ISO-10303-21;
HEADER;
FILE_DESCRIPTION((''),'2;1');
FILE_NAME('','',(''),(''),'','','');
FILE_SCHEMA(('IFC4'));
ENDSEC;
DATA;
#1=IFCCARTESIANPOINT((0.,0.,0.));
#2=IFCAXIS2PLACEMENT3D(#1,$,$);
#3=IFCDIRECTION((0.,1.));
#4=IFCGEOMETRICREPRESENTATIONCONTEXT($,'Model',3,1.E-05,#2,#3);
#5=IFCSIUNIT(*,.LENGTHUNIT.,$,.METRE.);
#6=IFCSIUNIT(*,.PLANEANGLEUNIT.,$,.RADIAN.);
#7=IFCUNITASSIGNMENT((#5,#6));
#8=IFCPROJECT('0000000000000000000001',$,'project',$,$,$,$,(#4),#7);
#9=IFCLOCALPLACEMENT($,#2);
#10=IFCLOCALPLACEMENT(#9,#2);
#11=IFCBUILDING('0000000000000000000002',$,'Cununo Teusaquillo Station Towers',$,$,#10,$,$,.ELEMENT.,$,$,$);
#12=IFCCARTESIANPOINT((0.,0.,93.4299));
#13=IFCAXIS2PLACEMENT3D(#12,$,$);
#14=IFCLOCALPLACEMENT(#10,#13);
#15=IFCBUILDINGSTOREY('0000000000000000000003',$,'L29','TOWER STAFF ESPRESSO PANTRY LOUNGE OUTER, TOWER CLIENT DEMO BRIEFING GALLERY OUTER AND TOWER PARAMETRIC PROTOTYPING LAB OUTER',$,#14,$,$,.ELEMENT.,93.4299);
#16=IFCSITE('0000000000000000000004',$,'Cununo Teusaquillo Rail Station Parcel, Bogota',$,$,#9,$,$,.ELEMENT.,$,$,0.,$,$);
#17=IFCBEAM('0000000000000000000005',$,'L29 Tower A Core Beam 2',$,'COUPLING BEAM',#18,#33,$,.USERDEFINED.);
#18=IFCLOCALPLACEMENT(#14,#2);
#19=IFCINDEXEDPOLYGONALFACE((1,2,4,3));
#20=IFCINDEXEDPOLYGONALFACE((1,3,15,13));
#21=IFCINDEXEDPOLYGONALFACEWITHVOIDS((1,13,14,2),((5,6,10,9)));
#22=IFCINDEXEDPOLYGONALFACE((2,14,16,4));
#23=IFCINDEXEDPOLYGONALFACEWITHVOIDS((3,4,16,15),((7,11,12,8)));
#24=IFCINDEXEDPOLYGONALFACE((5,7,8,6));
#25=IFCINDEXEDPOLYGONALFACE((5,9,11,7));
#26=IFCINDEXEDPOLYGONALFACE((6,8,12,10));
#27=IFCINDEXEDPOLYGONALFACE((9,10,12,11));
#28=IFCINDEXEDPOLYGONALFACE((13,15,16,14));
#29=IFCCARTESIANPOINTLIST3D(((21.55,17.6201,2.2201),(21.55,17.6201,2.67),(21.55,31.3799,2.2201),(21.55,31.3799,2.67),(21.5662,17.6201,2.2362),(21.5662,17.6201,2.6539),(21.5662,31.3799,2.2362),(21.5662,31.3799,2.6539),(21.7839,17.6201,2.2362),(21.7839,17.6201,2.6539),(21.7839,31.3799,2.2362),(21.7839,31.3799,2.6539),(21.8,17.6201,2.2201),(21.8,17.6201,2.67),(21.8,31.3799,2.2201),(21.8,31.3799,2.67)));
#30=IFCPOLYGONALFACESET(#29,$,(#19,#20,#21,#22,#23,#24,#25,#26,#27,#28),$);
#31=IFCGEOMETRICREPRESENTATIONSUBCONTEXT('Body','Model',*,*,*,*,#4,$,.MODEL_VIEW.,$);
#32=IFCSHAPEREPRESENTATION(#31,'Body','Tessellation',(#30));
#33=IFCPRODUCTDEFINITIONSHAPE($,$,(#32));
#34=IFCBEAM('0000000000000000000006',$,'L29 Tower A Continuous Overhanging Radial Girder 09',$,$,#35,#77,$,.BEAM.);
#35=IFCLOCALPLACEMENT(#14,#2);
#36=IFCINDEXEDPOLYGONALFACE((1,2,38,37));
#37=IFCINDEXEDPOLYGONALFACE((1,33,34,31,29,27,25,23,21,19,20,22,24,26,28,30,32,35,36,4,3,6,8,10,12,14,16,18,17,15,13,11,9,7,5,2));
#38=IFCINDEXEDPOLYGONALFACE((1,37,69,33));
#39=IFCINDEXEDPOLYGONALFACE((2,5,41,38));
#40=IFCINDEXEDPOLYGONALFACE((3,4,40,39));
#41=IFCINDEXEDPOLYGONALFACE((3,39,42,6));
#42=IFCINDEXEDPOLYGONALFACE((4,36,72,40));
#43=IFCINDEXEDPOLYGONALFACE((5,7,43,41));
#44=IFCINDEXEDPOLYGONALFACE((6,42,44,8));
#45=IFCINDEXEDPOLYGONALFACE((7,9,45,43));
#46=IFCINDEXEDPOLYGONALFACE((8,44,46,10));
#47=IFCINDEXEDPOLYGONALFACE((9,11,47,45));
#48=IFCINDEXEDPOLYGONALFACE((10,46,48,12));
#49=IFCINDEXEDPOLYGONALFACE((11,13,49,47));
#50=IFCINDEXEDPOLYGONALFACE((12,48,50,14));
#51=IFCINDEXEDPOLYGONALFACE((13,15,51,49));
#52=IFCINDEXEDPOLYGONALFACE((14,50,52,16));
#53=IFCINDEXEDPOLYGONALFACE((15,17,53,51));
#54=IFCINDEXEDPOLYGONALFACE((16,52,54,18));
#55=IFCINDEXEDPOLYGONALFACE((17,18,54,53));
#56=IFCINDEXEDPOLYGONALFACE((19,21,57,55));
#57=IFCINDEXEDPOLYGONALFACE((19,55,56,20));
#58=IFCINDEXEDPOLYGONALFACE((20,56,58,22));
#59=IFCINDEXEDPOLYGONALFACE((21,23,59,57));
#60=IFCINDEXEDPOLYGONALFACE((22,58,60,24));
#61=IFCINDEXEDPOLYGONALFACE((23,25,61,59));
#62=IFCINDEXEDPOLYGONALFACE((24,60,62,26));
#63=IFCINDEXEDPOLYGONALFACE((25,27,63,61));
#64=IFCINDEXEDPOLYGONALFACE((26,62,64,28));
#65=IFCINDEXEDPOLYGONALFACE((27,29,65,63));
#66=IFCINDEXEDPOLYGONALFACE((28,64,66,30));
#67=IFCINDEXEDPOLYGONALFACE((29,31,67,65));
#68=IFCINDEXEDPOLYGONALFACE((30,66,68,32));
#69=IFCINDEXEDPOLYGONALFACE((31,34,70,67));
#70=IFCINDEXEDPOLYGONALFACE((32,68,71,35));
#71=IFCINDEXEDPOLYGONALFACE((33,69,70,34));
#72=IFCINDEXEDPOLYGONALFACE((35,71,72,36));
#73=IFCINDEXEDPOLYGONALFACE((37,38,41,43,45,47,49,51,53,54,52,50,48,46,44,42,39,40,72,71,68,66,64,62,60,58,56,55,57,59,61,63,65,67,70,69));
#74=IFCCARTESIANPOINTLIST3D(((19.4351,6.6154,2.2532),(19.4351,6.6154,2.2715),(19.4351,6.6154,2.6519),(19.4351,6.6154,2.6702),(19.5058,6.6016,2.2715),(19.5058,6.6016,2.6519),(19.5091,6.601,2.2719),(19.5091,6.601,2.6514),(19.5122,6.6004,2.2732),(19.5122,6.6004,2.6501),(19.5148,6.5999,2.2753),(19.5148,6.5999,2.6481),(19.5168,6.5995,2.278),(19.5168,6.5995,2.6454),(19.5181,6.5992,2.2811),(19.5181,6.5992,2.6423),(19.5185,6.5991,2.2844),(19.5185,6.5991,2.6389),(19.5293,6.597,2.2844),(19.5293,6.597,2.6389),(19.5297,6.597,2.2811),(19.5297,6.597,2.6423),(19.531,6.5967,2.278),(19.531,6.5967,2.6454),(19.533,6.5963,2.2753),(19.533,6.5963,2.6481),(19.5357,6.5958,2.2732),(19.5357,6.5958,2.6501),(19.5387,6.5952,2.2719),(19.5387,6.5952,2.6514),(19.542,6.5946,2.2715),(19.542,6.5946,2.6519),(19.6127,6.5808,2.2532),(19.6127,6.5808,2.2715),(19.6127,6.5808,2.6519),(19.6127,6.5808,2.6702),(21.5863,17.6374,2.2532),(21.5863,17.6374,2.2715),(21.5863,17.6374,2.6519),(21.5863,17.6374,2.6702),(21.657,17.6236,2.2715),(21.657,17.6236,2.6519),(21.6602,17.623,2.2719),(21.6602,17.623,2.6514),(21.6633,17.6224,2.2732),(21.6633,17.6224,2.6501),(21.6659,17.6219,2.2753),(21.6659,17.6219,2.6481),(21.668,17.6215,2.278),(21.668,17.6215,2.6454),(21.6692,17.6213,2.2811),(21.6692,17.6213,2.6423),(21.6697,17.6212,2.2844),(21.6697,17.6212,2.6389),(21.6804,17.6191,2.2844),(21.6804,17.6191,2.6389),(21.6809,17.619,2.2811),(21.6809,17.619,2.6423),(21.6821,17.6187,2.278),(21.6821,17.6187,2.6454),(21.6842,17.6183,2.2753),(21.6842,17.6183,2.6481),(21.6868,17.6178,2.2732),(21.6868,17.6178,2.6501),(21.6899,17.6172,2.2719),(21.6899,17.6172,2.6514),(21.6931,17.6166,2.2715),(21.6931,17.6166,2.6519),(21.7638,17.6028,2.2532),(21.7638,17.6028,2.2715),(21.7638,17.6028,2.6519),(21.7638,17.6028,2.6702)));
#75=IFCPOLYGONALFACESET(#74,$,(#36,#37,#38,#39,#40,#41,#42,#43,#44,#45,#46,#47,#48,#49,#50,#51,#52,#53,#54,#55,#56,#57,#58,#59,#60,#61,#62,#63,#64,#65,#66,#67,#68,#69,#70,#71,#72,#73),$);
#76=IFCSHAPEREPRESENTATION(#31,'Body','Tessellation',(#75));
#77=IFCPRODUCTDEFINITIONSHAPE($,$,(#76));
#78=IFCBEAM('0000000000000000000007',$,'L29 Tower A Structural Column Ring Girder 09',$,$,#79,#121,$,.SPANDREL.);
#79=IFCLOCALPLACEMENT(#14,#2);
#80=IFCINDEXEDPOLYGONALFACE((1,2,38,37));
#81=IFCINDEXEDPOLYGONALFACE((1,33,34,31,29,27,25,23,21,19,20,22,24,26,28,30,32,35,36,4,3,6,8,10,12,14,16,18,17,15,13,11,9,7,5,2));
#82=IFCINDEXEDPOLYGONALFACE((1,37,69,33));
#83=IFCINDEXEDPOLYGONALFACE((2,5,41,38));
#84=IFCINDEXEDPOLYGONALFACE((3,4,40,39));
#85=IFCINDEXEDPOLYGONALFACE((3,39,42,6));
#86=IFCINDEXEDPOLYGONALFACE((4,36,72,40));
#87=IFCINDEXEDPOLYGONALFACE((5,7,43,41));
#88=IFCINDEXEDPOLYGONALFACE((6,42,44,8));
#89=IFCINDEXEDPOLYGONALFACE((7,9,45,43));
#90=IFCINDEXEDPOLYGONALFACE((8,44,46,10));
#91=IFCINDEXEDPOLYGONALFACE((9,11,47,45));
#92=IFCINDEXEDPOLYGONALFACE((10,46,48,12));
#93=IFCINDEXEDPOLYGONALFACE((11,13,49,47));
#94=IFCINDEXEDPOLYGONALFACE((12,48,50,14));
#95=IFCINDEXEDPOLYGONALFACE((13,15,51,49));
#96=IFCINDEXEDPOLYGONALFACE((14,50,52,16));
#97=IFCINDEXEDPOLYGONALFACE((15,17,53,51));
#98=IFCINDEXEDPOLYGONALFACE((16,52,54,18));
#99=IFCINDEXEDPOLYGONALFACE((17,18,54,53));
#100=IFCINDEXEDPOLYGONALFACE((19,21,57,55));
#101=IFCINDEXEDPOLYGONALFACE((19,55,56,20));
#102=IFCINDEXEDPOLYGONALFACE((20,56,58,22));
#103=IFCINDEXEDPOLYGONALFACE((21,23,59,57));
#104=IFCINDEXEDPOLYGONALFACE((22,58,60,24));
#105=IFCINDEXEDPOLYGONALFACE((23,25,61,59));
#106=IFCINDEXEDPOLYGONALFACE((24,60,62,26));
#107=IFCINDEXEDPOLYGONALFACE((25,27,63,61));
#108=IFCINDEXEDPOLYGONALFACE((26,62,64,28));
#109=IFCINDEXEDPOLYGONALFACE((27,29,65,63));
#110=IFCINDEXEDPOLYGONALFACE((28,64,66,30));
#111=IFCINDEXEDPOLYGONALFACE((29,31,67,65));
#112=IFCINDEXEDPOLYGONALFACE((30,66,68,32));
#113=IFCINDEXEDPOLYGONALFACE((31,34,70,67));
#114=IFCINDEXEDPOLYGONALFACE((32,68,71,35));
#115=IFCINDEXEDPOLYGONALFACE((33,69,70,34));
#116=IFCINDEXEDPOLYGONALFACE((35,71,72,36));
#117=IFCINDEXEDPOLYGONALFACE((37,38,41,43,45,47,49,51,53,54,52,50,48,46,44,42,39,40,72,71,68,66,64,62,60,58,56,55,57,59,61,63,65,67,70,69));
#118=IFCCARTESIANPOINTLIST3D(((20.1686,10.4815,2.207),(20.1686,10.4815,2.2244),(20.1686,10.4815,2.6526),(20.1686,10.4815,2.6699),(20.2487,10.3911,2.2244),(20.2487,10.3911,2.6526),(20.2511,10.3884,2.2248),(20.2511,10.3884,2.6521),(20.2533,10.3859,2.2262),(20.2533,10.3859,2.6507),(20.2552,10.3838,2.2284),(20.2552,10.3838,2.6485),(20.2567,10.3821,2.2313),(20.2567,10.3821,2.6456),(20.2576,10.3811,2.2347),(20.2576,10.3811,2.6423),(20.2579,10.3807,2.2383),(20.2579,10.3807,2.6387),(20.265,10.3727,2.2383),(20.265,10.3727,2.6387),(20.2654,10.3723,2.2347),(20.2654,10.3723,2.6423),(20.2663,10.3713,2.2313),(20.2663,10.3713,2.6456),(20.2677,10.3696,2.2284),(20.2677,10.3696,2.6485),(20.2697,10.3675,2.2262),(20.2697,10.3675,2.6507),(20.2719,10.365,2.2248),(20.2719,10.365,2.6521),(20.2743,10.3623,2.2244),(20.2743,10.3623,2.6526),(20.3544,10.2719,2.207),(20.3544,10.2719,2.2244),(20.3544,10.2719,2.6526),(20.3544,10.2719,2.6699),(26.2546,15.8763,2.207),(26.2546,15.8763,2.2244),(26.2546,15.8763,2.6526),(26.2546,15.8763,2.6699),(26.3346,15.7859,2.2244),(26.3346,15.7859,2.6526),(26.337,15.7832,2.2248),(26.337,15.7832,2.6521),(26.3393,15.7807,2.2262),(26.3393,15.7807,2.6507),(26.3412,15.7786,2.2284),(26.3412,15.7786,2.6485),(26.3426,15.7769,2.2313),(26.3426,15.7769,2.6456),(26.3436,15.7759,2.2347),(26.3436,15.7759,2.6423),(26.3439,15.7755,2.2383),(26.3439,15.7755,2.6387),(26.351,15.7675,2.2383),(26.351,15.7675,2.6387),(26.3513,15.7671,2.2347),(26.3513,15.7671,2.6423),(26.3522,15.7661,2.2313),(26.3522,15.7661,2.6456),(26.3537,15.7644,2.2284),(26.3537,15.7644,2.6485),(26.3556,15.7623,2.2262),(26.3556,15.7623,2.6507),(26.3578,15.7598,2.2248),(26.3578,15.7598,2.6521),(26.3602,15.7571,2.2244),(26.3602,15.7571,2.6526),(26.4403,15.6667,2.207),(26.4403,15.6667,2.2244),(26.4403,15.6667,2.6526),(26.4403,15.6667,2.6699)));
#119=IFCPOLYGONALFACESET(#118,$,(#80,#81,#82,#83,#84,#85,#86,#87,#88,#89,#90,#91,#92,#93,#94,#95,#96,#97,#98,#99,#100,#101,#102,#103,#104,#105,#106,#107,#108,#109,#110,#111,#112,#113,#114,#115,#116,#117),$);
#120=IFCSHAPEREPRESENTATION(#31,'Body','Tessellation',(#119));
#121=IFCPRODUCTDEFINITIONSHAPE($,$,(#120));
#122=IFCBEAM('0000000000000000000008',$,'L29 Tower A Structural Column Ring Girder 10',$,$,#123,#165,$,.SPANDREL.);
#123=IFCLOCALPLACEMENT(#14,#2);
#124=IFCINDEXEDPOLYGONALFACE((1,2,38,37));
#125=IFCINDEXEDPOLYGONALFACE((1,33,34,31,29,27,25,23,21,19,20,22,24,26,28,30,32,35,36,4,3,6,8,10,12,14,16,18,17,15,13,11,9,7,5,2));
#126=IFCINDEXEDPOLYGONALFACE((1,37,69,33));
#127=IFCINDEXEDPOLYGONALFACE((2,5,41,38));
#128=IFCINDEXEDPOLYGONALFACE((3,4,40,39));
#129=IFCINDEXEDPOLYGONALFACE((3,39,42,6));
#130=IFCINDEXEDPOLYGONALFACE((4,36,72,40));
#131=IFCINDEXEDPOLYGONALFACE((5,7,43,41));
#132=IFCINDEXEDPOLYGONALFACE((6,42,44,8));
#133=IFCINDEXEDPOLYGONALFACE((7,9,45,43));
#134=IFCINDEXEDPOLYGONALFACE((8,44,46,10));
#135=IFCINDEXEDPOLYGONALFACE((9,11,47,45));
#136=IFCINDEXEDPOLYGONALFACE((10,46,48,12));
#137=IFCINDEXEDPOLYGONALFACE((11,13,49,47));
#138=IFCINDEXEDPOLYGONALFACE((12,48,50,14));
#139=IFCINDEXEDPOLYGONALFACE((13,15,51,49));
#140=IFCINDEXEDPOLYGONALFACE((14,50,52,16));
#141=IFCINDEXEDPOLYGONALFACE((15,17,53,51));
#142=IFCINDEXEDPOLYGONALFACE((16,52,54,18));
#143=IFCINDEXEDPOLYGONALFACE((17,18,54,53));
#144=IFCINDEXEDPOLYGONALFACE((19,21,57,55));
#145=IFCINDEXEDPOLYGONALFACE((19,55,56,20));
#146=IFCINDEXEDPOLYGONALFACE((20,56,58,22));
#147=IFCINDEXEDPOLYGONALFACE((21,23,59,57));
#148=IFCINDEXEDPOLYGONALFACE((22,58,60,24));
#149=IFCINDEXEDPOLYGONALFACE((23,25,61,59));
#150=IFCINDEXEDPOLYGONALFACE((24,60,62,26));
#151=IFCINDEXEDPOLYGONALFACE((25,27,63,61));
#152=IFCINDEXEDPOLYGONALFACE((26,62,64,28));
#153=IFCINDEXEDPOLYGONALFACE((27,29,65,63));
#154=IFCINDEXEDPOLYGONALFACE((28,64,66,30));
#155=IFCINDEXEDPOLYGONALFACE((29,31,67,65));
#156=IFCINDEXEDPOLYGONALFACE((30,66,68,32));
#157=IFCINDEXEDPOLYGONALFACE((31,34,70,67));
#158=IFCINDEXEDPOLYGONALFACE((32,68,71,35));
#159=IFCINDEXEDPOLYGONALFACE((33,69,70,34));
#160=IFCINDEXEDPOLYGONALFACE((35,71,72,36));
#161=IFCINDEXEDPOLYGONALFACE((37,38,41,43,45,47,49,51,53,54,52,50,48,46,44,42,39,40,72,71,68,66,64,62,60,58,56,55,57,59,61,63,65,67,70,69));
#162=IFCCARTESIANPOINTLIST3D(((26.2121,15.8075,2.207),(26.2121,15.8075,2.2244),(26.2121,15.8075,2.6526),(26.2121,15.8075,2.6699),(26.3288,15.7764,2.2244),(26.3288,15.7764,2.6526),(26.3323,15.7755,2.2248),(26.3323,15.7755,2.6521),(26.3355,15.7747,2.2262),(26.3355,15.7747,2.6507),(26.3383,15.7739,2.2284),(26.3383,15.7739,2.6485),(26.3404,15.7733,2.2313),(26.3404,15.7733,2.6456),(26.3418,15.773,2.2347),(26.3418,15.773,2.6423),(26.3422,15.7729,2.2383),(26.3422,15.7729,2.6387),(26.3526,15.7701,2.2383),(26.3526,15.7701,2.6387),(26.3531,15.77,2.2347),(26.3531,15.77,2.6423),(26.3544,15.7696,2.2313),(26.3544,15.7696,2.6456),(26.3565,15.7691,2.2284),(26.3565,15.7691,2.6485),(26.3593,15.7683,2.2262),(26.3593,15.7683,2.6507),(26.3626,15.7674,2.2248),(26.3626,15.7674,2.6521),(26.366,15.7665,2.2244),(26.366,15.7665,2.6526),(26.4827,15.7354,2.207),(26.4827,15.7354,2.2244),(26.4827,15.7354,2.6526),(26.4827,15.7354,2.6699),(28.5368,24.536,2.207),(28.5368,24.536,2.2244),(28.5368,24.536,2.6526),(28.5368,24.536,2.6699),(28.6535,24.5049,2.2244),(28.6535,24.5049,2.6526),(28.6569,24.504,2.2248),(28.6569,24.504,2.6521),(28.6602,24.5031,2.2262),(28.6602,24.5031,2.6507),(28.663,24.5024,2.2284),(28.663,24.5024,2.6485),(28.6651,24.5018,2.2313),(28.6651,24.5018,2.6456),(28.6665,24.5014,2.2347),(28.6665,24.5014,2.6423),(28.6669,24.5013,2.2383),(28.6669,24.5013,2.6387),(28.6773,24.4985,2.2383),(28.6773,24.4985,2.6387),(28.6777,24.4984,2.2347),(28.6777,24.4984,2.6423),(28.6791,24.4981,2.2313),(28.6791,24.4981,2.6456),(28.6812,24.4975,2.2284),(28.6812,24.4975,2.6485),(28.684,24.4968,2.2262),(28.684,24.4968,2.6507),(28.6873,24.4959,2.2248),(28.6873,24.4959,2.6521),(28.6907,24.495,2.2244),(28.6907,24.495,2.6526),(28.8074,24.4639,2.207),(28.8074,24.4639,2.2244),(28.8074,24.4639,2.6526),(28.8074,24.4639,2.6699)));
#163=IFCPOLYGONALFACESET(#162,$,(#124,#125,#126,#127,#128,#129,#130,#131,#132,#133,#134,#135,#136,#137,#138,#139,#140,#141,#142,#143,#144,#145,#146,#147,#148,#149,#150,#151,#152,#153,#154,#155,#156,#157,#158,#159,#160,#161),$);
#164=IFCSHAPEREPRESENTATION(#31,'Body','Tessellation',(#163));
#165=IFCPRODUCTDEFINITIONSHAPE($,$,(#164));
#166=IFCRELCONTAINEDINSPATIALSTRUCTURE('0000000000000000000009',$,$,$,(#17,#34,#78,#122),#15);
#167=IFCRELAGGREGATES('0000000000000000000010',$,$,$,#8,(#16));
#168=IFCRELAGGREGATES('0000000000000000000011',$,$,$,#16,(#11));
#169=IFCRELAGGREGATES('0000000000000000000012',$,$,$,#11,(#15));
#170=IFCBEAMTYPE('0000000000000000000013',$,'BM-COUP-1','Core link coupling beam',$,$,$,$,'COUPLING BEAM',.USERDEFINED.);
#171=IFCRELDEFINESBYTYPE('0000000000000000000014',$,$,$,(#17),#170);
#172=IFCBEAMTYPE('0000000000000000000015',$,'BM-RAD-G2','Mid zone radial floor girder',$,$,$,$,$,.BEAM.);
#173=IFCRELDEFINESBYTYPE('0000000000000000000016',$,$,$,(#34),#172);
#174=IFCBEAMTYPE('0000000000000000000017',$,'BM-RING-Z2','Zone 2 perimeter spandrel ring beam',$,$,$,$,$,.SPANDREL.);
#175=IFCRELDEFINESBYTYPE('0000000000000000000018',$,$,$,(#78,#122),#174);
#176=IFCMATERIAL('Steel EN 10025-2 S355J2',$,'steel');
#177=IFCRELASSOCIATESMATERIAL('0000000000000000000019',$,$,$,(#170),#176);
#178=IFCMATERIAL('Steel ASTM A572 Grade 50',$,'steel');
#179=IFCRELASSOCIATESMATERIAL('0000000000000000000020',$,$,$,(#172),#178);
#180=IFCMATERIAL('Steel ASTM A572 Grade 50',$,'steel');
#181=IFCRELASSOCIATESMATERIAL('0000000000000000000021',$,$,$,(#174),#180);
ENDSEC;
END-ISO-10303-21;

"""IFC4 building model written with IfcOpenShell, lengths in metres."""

from ifc_helpers import new_model, si_unit, direction, frame, origin, origin_2d, place, context, subcontext, project, spatial, hollow_rectangle, i_section, extrude, material, material_profile, profile_set, type_object, element, save


model = new_model("IFC4")

# Units and contexts
model_context = context("Model", 3, precision=1e-05, world=origin(), true_north=direction((0.0, 1.0)))
body_context = subcontext(model_context, "Body", "Model", "MODEL_VIEW")
ifc_project = project(units=[si_unit("LENGTHUNIT", "METRE"), si_unit("PLANEANGLEUNIT", "RADIAN")], contexts=[model_context])

# Site, building, storey
site_placement = place(None, origin())
site = spatial("IfcSite", under=ifc_project, at=site_placement, Name="Cununo Teusaquillo Rail Station Parcel, Bogota", CompositionType="ELEMENT", RefElevation=0.0)
building_placement = place(site_placement, origin())
building = spatial("IfcBuilding", under=site, at=building_placement, Name="Cununo Teusaquillo Station Towers", CompositionType="ELEMENT")
storey_placement = place(building_placement, frame((0.0, 0.0, 93.4299)))
storey = spatial("IfcBuildingStorey", under=building, at=storey_placement, Name="L29", Description="TOWER STAFF ESPRESSO PANTRY LOUNGE OUTER, TOWER CLIENT DEMO BRIEFING GALLERY OUTER AND TOWER PARAMETRIC PROTOTYPING LAB OUTER", CompositionType="ELEMENT", Elevation=93.4299)

# Beams
ifc_material_1 = material(Name="Steel EN 10025-2 S355J2", Category="steel")
ifc_material_profile_1 = material_profile(ifc_material_1, hollow_rectangle(XDim=0.25, YDim=0.45, WallThickness=0.0161, at=origin_2d()), Name="RHS 450x250x16")
ifc_profile_set_1 = profile_set([ifc_material_profile_1], Name="Steel EN 10025-2 S355J2")
beam_type_1 = type_object("IfcBeamType", Name="BM-COUP-1", Description="Core link coupling beam", ElementType="COUPLING BEAM", PredefinedType="USERDEFINED", material=ifc_profile_set_1)
beam_1_placement = place(storey_placement, frame((21.675, 17.6201, 2.4451), z_axis=(0.0, 1.0, 0.0), x_axis=(-1.0, 0.0, 0.0)))
element("IfcBeam", 1, at=beam_1_placement, inside=storey, type_object=beam_type_1, Name="L29 Tower A Core Beam 2", ObjectType="COUPLING BEAM", PredefinedType="USERDEFINED", context=body_context, shape_type="SweptSolid", body=[
    extrude(hollow_rectangle(XDim=0.25, YDim=0.45, WallThickness=0.0161, at=origin_2d()), origin(), (0.0, 0.0, 1.0), 13.7598),
])
ifc_material_2 = material(Name="Steel ASTM A572 Grade 50", Category="steel")
ifc_material_profile_2 = material_profile(ifc_material_2, i_section(OverallWidth=0.1809, OverallDepth=0.417, WebThickness=0.011, FlangeThickness=0.0183, FilletRadius=0.0129, at=origin_2d()), Name="W16X57")
ifc_profile_set_2 = profile_set([ifc_material_profile_2], Name="Steel ASTM A572 Grade 50")
beam_type_2 = type_object("IfcBeamType", Name="BM-RAD-G2", Description="Mid zone radial floor girder", PredefinedType="BEAM", material=ifc_profile_set_2)
beam_2_placement = place(storey_placement, frame((21.675, 17.6201, 2.4617), z_axis=(-0.191553, -0.981482, 0.0), x_axis=(0.981482, -0.191553, 0.0)))
element("IfcBeam", 2, at=beam_2_placement, inside=storey, type_object=beam_type_2, Name="L29 Tower A Continuous Overhanging Radial Girder 09", PredefinedType="BEAM", context=body_context, shape_type="SweptSolid", body=[
    extrude(i_section(OverallWidth=0.1809, OverallDepth=0.417, WebThickness=0.011, FlangeThickness=0.0183, FilletRadius=0.0129, at=origin_2d()), origin(), (0.0, 0.0, 1.0), 11.23),
])
ifc_material_3 = material(Name="Steel ASTM A572 Grade 50", Category="steel")
ifc_material_profile_3 = material_profile(ifc_material_3, i_section(OverallWidth=0.28, OverallDepth=0.4629, WebThickness=0.0107, FlangeThickness=0.0173, FilletRadius=0.0139, at=origin_2d()), Name="W18X76")
ifc_profile_set_3 = profile_set([ifc_material_profile_3], Name="Steel ASTM A572 Grade 50")
beam_type_3 = type_object("IfcBeamType", Name="BM-RING-Z2", Description="Zone 2 perimeter spandrel ring beam", PredefinedType="SPANDREL", material=ifc_profile_set_3)
beam_3_placement = place(storey_placement, frame((20.2615, 10.3767, 2.4385), z_axis=(0.748321, 0.663337, 0.0), x_axis=(-0.663337, 0.748321, 0.0)))
element("IfcBeam", 3, at=beam_3_placement, inside=storey, type_object=beam_type_3, Name="L29 Tower A Structural Column Ring Girder 09", PredefinedType="SPANDREL", context=body_context, shape_type="SweptSolid", body=[
    extrude(i_section(OverallWidth=0.28, OverallDepth=0.4629, WebThickness=0.0107, FlangeThickness=0.0173, FilletRadius=0.0139, at=origin_2d()), origin(), (0.0, 0.0, 1.0), 8.1328),
])
beam_4_placement = place(storey_placement, frame((26.3474, 15.7715, 2.4385), z_axis=(0.257363, 0.966315, 0.0), x_axis=(-0.966315, 0.257363, 0.0)))
element("IfcBeam", 4, at=beam_4_placement, inside=storey, type_object=beam_type_3, Name="L29 Tower A Structural Column Ring Girder 10", PredefinedType="SPANDREL", context=body_context, shape_type="SweptSolid", body=[
    extrude(i_section(OverallWidth=0.28, OverallDepth=0.4629, WebThickness=0.0107, FlangeThickness=0.0173, FilletRadius=0.0139, at=origin_2d()), origin(), (0.0, 0.0, 1.0), 9.0327),
])

save(model, "model.ifc")
